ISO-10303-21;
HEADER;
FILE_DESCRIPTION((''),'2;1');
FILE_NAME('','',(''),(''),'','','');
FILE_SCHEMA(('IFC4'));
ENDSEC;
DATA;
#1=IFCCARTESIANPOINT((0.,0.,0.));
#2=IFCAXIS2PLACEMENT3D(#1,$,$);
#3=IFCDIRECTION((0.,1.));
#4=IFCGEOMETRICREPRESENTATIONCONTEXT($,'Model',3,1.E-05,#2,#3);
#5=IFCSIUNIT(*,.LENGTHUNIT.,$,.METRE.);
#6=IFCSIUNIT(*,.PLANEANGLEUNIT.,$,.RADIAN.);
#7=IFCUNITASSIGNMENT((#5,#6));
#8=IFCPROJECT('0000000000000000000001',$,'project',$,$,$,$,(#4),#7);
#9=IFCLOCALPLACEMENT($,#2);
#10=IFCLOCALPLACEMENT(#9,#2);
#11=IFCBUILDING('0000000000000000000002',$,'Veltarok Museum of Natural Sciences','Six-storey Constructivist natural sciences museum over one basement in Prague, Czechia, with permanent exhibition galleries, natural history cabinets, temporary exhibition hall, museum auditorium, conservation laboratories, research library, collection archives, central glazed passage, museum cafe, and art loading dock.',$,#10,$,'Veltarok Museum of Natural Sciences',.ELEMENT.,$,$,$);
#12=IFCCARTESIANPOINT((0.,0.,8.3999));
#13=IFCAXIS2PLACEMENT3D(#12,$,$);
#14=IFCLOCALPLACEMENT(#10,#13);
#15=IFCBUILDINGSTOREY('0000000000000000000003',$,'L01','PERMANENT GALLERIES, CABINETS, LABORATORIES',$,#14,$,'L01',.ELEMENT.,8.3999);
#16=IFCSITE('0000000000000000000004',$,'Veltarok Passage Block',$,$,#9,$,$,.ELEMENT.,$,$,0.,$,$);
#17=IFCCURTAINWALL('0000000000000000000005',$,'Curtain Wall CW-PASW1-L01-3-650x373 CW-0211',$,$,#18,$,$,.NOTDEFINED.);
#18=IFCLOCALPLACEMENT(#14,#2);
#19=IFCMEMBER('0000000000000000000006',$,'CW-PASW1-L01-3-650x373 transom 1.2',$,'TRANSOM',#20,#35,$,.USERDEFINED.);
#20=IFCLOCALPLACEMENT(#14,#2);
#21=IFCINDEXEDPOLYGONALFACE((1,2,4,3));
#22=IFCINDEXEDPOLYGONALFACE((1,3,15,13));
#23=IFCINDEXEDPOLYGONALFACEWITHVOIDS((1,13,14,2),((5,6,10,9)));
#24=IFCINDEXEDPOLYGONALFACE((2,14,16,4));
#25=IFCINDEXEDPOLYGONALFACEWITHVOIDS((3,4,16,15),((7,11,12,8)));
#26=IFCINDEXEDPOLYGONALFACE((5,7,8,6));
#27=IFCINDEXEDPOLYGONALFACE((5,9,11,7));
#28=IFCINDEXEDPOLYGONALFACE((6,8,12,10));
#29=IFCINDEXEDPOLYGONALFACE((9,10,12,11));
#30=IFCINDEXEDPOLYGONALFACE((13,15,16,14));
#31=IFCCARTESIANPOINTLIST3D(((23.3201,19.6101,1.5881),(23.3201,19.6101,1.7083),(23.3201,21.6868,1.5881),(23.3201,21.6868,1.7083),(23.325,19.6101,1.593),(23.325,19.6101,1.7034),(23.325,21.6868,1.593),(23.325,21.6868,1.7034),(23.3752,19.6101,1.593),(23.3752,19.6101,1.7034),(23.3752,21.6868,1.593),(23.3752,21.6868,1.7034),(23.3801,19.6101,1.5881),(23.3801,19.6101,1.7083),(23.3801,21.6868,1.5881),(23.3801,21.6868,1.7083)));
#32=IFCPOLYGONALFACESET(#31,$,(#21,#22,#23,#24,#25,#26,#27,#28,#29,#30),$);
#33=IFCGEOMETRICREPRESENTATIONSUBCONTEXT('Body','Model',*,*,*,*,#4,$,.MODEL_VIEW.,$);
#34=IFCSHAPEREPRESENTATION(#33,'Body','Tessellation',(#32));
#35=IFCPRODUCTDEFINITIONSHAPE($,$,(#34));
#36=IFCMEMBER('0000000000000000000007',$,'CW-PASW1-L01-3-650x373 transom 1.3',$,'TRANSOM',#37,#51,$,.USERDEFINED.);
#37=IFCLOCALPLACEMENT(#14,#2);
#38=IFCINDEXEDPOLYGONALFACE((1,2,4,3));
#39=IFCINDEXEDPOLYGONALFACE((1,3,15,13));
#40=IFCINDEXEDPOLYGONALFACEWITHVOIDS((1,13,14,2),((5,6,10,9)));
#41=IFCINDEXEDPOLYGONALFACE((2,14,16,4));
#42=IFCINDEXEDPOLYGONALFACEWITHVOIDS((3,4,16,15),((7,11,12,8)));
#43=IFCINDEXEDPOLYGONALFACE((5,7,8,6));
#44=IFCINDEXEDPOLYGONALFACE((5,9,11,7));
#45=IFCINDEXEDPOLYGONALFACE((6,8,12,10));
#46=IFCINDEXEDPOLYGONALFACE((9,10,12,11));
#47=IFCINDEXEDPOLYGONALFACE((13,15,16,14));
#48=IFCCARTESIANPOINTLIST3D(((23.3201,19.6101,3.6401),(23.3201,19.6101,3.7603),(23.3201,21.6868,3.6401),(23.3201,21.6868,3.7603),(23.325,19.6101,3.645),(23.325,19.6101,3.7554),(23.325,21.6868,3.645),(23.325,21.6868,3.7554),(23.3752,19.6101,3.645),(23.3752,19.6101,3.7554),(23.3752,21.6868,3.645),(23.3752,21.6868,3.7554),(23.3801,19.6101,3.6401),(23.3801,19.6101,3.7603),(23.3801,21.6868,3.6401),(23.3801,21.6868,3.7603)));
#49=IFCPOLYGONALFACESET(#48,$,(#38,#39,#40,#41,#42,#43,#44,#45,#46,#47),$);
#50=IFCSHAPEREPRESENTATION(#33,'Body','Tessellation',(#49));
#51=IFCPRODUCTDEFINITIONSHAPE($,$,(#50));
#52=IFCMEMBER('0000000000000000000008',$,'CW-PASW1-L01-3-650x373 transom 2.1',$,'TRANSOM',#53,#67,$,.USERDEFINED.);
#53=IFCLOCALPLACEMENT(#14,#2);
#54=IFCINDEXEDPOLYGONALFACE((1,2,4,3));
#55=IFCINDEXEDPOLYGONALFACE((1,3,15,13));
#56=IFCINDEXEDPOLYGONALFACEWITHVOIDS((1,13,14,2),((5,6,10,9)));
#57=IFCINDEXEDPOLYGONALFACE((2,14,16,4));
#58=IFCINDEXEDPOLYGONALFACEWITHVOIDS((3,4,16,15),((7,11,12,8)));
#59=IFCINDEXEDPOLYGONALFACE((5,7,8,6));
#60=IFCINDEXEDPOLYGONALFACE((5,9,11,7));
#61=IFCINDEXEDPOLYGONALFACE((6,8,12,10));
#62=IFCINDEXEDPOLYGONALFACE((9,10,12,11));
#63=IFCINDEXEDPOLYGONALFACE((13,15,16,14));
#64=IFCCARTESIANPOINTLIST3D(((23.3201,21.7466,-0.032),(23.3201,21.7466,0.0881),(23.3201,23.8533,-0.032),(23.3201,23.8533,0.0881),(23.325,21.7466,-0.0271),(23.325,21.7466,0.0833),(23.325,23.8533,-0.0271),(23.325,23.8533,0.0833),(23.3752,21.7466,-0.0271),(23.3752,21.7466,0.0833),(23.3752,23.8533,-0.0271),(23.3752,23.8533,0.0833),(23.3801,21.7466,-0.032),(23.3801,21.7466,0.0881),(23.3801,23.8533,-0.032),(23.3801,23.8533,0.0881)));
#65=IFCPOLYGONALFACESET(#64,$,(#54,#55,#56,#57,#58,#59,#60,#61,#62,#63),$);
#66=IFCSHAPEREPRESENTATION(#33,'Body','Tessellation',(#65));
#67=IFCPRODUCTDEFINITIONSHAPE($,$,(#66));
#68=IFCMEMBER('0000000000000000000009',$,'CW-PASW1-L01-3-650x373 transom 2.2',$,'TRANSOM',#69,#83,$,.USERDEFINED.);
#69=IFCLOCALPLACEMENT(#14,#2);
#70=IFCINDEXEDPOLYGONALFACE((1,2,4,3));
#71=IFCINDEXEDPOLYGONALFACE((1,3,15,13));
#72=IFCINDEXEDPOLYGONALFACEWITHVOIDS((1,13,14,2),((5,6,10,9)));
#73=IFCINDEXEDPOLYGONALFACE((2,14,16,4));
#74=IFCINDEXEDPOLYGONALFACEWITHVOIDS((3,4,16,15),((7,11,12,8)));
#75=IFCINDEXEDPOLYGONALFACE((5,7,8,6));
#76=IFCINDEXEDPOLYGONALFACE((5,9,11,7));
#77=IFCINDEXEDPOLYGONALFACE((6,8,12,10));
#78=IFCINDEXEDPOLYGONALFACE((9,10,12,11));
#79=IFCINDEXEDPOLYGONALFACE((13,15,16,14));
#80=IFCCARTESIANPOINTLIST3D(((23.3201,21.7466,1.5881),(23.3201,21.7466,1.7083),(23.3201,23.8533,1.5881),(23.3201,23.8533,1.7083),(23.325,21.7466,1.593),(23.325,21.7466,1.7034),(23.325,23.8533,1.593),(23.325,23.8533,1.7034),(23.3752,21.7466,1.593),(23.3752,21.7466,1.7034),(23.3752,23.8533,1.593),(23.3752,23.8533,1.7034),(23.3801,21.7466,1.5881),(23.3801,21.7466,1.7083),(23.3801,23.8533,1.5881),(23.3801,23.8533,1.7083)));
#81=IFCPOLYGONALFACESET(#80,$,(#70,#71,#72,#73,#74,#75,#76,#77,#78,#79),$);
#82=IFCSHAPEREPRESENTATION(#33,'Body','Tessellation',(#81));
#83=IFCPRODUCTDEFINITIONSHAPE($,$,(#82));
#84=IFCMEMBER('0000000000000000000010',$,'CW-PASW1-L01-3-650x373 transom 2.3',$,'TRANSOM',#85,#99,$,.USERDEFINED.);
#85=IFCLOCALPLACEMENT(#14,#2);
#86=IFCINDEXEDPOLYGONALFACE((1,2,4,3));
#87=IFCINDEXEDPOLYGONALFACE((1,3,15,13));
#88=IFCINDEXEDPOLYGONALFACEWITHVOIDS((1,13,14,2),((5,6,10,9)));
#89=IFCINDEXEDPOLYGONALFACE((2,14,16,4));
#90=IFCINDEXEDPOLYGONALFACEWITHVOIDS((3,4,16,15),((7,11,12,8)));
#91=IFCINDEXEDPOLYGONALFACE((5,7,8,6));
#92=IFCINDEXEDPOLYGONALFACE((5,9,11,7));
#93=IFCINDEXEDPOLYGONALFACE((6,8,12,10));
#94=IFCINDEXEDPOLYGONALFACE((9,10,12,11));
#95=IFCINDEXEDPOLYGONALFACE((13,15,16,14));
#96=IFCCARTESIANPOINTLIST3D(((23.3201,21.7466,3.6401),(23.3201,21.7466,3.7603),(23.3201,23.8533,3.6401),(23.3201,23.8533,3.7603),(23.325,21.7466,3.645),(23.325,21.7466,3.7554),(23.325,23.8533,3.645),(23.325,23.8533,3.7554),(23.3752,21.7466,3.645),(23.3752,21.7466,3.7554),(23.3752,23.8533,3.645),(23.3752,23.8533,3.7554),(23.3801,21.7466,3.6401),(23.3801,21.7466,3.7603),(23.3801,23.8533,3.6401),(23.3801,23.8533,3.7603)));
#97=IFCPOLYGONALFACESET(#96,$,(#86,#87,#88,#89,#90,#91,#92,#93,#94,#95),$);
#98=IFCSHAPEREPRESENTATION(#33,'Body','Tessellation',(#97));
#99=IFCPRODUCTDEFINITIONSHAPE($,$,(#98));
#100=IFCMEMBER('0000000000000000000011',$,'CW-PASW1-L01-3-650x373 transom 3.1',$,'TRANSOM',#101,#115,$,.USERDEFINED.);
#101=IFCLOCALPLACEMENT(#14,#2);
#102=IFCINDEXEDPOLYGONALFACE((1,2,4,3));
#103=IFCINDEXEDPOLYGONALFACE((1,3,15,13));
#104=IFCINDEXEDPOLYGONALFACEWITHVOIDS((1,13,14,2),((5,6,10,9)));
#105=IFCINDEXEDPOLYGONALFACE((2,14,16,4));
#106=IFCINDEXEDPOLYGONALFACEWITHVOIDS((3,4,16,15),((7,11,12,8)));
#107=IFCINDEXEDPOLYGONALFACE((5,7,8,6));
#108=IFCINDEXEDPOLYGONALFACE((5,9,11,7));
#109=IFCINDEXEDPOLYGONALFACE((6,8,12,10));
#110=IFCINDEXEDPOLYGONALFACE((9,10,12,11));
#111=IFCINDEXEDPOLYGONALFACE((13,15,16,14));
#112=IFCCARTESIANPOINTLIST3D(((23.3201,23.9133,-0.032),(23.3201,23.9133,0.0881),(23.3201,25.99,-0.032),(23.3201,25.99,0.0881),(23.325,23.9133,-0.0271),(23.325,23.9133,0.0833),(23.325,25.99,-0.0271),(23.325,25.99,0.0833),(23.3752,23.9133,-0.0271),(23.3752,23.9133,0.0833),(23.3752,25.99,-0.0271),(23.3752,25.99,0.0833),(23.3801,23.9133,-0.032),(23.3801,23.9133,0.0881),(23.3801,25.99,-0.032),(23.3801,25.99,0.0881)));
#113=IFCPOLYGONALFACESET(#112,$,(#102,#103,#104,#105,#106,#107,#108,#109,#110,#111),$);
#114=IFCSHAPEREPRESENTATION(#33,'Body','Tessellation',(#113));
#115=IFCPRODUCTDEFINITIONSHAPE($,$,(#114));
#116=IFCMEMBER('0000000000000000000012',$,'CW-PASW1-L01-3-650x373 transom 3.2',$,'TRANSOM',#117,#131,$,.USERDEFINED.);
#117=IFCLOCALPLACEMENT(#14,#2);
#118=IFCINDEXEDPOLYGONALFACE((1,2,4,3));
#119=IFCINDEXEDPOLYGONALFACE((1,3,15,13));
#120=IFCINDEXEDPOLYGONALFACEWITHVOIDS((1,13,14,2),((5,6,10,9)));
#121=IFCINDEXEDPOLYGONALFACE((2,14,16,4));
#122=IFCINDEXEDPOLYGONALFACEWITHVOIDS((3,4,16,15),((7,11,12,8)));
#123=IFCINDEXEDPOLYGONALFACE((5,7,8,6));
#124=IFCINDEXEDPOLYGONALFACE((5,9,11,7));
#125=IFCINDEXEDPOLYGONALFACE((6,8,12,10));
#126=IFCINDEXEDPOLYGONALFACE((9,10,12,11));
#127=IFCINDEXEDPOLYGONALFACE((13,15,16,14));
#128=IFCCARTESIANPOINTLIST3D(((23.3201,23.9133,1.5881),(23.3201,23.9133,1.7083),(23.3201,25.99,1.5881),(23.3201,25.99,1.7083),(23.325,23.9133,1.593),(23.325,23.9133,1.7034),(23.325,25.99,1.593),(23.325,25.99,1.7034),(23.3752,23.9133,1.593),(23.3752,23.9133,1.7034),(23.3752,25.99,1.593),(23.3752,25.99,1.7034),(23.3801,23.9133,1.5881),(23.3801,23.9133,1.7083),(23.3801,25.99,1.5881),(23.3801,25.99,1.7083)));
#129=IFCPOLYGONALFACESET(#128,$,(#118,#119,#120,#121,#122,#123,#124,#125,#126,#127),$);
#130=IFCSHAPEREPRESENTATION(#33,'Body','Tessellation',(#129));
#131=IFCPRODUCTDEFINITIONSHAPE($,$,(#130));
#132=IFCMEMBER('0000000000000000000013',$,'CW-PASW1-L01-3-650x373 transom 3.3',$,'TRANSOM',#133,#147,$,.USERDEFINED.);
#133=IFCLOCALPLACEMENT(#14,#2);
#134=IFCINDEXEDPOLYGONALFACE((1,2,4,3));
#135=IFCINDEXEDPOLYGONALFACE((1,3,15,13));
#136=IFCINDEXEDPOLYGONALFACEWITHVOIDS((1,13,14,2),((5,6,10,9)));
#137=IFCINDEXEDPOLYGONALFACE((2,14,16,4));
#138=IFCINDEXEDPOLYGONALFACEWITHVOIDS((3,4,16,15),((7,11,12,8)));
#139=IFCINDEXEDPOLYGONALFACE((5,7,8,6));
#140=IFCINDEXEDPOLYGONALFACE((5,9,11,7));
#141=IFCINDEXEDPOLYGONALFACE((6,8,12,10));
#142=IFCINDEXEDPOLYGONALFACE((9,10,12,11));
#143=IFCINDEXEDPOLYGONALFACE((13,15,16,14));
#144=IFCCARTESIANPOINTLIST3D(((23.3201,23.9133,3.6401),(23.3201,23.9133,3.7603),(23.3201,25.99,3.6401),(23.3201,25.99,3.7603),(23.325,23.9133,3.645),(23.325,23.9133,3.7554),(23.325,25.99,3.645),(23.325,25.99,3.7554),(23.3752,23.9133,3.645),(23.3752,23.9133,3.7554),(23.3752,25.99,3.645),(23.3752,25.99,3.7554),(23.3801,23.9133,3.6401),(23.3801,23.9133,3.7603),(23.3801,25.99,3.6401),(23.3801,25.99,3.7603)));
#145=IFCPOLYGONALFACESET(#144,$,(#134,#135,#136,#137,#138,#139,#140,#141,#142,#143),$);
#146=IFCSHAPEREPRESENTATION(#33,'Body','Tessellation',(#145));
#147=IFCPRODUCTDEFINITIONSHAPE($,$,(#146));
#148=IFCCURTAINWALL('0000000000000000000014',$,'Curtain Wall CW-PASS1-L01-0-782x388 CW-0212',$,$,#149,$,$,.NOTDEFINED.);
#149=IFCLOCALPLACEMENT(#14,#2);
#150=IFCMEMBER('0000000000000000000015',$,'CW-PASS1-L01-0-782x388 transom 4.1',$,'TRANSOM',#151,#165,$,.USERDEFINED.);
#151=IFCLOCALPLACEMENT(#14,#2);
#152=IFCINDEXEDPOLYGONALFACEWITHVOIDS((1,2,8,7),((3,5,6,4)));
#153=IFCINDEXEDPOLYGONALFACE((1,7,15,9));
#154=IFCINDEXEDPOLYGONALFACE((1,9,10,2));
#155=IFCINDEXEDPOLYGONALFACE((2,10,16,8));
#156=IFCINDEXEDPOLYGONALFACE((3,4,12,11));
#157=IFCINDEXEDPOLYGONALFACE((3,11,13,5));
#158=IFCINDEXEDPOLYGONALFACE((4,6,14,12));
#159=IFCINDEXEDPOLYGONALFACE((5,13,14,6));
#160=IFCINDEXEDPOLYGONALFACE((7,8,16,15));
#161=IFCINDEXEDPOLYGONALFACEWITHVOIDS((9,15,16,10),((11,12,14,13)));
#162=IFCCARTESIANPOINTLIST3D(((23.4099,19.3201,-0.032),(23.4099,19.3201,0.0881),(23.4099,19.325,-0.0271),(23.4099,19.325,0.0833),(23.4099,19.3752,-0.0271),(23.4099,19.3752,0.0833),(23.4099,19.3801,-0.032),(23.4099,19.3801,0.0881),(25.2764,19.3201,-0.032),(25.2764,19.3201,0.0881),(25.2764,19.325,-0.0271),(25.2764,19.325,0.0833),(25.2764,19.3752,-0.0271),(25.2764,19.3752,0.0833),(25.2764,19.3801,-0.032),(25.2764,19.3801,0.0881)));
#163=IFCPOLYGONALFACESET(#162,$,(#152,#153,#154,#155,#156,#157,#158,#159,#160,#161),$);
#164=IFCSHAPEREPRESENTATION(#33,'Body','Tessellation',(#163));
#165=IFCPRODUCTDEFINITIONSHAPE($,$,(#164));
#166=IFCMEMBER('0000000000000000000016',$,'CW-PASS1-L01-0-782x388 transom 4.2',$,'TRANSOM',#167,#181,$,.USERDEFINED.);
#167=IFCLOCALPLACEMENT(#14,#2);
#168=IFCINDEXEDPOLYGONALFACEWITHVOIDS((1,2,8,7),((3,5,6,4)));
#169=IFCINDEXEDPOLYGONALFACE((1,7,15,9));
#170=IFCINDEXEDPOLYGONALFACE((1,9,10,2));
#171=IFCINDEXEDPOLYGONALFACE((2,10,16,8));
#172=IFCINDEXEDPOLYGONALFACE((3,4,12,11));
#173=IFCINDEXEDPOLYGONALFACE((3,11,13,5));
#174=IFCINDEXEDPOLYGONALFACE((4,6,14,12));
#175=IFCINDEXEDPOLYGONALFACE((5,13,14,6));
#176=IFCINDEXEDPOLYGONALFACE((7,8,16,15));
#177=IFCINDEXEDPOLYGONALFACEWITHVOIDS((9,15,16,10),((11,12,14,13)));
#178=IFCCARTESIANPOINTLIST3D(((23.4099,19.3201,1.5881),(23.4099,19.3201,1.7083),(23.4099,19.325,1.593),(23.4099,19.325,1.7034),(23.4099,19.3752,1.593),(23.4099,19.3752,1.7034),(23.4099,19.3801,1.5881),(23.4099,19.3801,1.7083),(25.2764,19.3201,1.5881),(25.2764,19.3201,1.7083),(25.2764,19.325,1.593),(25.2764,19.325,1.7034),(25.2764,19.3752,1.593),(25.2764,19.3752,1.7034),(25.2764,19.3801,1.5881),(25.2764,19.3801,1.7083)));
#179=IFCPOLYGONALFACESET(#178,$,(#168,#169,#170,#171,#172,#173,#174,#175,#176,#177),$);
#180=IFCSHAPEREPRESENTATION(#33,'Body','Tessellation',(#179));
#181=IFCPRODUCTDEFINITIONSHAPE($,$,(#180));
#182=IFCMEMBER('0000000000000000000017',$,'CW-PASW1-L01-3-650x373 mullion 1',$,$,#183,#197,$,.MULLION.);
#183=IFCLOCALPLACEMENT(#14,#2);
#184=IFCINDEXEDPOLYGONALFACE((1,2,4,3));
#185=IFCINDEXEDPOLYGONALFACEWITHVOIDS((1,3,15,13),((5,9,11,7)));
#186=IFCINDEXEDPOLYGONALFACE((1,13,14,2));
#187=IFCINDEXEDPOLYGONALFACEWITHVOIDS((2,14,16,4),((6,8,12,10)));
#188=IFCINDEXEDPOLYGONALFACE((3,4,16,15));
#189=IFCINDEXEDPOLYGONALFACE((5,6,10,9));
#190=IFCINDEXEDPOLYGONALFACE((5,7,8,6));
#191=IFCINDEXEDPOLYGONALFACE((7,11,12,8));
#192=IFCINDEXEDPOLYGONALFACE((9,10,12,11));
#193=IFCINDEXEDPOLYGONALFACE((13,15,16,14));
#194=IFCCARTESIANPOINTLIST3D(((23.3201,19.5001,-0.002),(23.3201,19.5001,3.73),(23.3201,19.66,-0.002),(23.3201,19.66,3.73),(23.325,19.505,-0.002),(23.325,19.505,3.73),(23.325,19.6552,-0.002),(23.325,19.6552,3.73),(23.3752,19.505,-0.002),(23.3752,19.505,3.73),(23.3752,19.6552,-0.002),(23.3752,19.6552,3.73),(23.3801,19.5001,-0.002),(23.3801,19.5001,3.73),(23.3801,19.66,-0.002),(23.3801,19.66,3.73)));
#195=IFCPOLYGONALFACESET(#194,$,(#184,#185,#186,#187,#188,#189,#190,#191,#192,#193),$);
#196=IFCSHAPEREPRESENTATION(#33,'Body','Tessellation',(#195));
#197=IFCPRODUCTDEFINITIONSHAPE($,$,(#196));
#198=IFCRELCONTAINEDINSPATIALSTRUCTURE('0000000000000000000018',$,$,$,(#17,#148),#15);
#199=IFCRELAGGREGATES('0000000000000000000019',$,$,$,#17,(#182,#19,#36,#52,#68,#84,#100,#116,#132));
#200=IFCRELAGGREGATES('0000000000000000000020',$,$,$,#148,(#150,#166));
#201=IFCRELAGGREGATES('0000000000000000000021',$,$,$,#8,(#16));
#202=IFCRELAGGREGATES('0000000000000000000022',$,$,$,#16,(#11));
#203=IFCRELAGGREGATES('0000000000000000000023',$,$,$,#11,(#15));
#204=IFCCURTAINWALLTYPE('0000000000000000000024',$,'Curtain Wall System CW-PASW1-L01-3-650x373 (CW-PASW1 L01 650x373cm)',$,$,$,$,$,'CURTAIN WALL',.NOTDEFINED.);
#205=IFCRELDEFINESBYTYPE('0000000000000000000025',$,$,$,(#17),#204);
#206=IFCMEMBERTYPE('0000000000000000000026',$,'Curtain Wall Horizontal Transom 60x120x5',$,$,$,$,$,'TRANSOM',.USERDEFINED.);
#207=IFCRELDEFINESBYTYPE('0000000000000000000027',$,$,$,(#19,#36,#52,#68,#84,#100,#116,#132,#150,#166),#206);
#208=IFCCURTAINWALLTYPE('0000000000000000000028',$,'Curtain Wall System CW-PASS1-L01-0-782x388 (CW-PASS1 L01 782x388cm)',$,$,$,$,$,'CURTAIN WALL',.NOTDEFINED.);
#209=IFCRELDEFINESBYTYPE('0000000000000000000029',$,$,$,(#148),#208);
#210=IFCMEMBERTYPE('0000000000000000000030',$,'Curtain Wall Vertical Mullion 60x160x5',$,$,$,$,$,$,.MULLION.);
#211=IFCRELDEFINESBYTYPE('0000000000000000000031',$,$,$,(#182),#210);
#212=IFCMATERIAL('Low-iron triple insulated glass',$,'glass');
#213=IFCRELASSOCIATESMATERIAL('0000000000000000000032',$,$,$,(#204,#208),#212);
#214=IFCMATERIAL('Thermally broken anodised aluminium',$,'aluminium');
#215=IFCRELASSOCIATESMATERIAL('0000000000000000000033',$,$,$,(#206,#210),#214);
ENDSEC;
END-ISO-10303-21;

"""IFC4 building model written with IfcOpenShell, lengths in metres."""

from ifc_helpers import new_model, si_unit, direction, frame, origin, origin_2d, place, context, subcontext, project, spatial, hollow_rectangle, extrude, material, material_profile, profile_set, type_object, element, aggregate, save


model = new_model("IFC4")

# Units and contexts
model_context = context("Model", 3, precision=1e-05, world=origin(), true_north=direction((0.0, 1.0)))
body_context = subcontext(model_context, "Body", "Model", "MODEL_VIEW")
ifc_project = project(units=[si_unit("LENGTHUNIT", "METRE"), si_unit("PLANEANGLEUNIT", "RADIAN")], contexts=[model_context])

# Site, building, storey
site_placement = place(None, origin())
site = spatial("IfcSite", under=ifc_project, at=site_placement, Name="Veltarok Passage Block", CompositionType="ELEMENT", RefElevation=0.0)
building_placement = place(site_placement, origin())
building = spatial("IfcBuilding", under=site, at=building_placement, Name="Veltarok Museum of Natural Sciences", Description="Six-storey Constructivist natural sciences museum over one basement in Prague, Czechia, with permanent exhibition galleries, natural history cabinets, temporary exhibition hall, museum auditorium, conservation laboratories, research library, collection archives, central glazed passage, museum cafe, and art loading dock.", LongName="Veltarok Museum of Natural Sciences", CompositionType="ELEMENT")
storey_placement = place(building_placement, frame((0.0, 0.0, 8.3999)))
storey = spatial("IfcBuildingStorey", under=building, at=storey_placement, Name="L01", Description="PERMANENT GALLERIES, CABINETS, LABORATORIES", LongName="L01", CompositionType="ELEMENT", Elevation=8.3999)

# Curtain walls, members
ifc_material_1 = material(Name="Low-iron triple insulated glass", Category="glass")
curtain_wall_type_1 = type_object("IfcCurtainWallType", Name="Curtain Wall System CW-PASW1-L01-3-650x373 (CW-PASW1 L01 650x373cm)", ElementType="CURTAIN WALL", PredefinedType="NOTDEFINED", material=ifc_material_1)
curtain_wall_1_placement = place(storey_placement, origin())
curtain_wall_1 = element("IfcCurtainWall", 1, at=curtain_wall_1_placement, inside=storey, type_object=curtain_wall_type_1, Name="Curtain Wall CW-PASW1-L01-3-650x373 CW-0211", PredefinedType="NOTDEFINED")
ifc_material_2 = material(Name="Thermally broken anodised aluminium", Category="aluminium")
ifc_material_profile_1 = material_profile(ifc_material_2, hollow_rectangle(XDim=0.0601, YDim=0.1201, WallThickness=0.0049, at=origin_2d()), Name="CW TRANSOM 60x120x5")
ifc_profile_set_1 = profile_set([ifc_material_profile_1], Name="Thermally broken anodised aluminium")
member_type_1 = type_object("IfcMemberType", Name="Curtain Wall Horizontal Transom 60x120x5", ElementType="TRANSOM", PredefinedType="USERDEFINED", material=ifc_profile_set_1)
member_1_placement = place(storey_placement, frame((23.3501, 19.6101, 1.6482), z_axis=(0.0, 1.0, 0.0), x_axis=(-1.0, 0.0, 0.0)))
member_1 = element("IfcMember", 2, at=member_1_placement, type_object=member_type_1, Name="CW-PASW1-L01-3-650x373 transom 1.2", ObjectType="TRANSOM", PredefinedType="USERDEFINED", context=body_context, shape_type="SweptSolid", body=[
    extrude(hollow_rectangle(XDim=0.0601, YDim=0.1201, WallThickness=0.0049, at=origin_2d()), origin(), (0.0, 0.0, 1.0), 2.0767),
])
member_2_placement = place(storey_placement, frame((23.3501, 19.6101, 3.7002), z_axis=(0.0, 1.0, 0.0), x_axis=(-1.0, 0.0, 0.0)))
member_2 = element("IfcMember", 3, at=member_2_placement, type_object=member_type_1, Name="CW-PASW1-L01-3-650x373 transom 1.3", ObjectType="TRANSOM", PredefinedType="USERDEFINED", context=body_context, shape_type="SweptSolid", body=[
    extrude(hollow_rectangle(XDim=0.0601, YDim=0.1201, WallThickness=0.0049, at=origin_2d()), origin(), (0.0, 0.0, 1.0), 2.0767),
])
member_3_placement = place(storey_placement, frame((23.3501, 21.7466, 0.0281), z_axis=(0.0, 1.0, 0.0), x_axis=(-1.0, 0.0, 0.0)))
member_3 = element("IfcMember", 4, at=member_3_placement, type_object=member_type_1, Name="CW-PASW1-L01-3-650x373 transom 2.1", ObjectType="TRANSOM", PredefinedType="USERDEFINED", context=body_context, shape_type="SweptSolid", body=[
    extrude(hollow_rectangle(XDim=0.0601, YDim=0.1201, WallThickness=0.0049, at=origin_2d()), origin(), (0.0, 0.0, 1.0), 2.1067),
])
member_4_placement = place(storey_placement, frame((23.3501, 21.7466, 1.6482), z_axis=(0.0, 1.0, 0.0), x_axis=(-1.0, 0.0, 0.0)))
member_4 = element("IfcMember", 5, at=member_4_placement, type_object=member_type_1, Name="CW-PASW1-L01-3-650x373 transom 2.2", ObjectType="TRANSOM", PredefinedType="USERDEFINED", context=body_context, shape_type="SweptSolid", body=[
    extrude(hollow_rectangle(XDim=0.0601, YDim=0.1201, WallThickness=0.0049, at=origin_2d()), origin(), (0.0, 0.0, 1.0), 2.1067),
])
member_5_placement = place(storey_placement, frame((23.3501, 21.7466, 3.7002), z_axis=(0.0, 1.0, 0.0), x_axis=(-1.0, 0.0, 0.0)))
member_5 = element("IfcMember", 6, at=member_5_placement, type_object=member_type_1, Name="CW-PASW1-L01-3-650x373 transom 2.3", ObjectType="TRANSOM", PredefinedType="USERDEFINED", context=body_context, shape_type="SweptSolid", body=[
    extrude(hollow_rectangle(XDim=0.0601, YDim=0.1201, WallThickness=0.0049, at=origin_2d()), origin(), (0.0, 0.0, 1.0), 2.1067),
])
member_6_placement = place(storey_placement, frame((23.3501, 23.9133, 0.0281), z_axis=(0.0, 1.0, 0.0), x_axis=(-1.0, 0.0, 0.0)))
member_6 = element("IfcMember", 7, at=member_6_placement, type_object=member_type_1, Name="CW-PASW1-L01-3-650x373 transom 3.1", ObjectType="TRANSOM", PredefinedType="USERDEFINED", context=body_context, shape_type="SweptSolid", body=[
    extrude(hollow_rectangle(XDim=0.0601, YDim=0.1201, WallThickness=0.0049, at=origin_2d()), origin(), (0.0, 0.0, 1.0), 2.0767),
])
member_7_placement = place(storey_placement, frame((23.3501, 23.9133, 1.6482), z_axis=(0.0, 1.0, 0.0), x_axis=(-1.0, 0.0, 0.0)))
member_7 = element("IfcMember", 8, at=member_7_placement, type_object=member_type_1, Name="CW-PASW1-L01-3-650x373 transom 3.2", ObjectType="TRANSOM", PredefinedType="USERDEFINED", context=body_context, shape_type="SweptSolid", body=[
    extrude(hollow_rectangle(XDim=0.0601, YDim=0.1201, WallThickness=0.0049, at=origin_2d()), origin(), (0.0, 0.0, 1.0), 2.0767),
])
member_8_placement = place(storey_placement, frame((23.3501, 23.9133, 3.7002), z_axis=(0.0, 1.0, 0.0), x_axis=(-1.0, 0.0, 0.0)))
member_8 = element("IfcMember", 9, at=member_8_placement, type_object=member_type_1, Name="CW-PASW1-L01-3-650x373 transom 3.3", ObjectType="TRANSOM", PredefinedType="USERDEFINED", context=body_context, shape_type="SweptSolid", body=[
    extrude(hollow_rectangle(XDim=0.0601, YDim=0.1201, WallThickness=0.0049, at=origin_2d()), origin(), (0.0, 0.0, 1.0), 2.0767),
])
curtain_wall_type_2 = type_object("IfcCurtainWallType", Name="Curtain Wall System CW-PASS1-L01-0-782x388 (CW-PASS1 L01 782x388cm)", ElementType="CURTAIN WALL", PredefinedType="NOTDEFINED", material=ifc_material_1)
curtain_wall_2_placement = place(storey_placement, origin())
curtain_wall_2 = element("IfcCurtainWall", 10, at=curtain_wall_2_placement, inside=storey, type_object=curtain_wall_type_2, Name="Curtain Wall CW-PASS1-L01-0-782x388 CW-0212", PredefinedType="NOTDEFINED")
member_9_placement = place(storey_placement, frame((25.2764, 19.3501, 0.0281), z_axis=(-1.0, 0.0, 0.0), x_axis=(0.0, -1.0, 0.0)))
member_9 = element("IfcMember", 11, at=member_9_placement, type_object=member_type_1, Name="CW-PASS1-L01-0-782x388 transom 4.1", ObjectType="TRANSOM", PredefinedType="USERDEFINED", context=body_context, shape_type="SweptSolid", body=[
    extrude(hollow_rectangle(XDim=0.0601, YDim=0.1201, WallThickness=0.0049, at=origin_2d()), origin(), (0.0, 0.0, 1.0), 1.8665),
])
member_10_placement = place(storey_placement, frame((25.2764, 19.3501, 1.6482), z_axis=(-1.0, 0.0, 0.0), x_axis=(0.0, -1.0, 0.0)))
member_10 = element("IfcMember", 12, at=member_10_placement, type_object=member_type_1, Name="CW-PASS1-L01-0-782x388 transom 4.2", ObjectType="TRANSOM", PredefinedType="USERDEFINED", context=body_context, shape_type="SweptSolid", body=[
    extrude(hollow_rectangle(XDim=0.0601, YDim=0.1201, WallThickness=0.0049, at=origin_2d()), origin(), (0.0, 0.0, 1.0), 1.8665),
])

# Member
ifc_material_profile_2 = material_profile(ifc_material_2, hollow_rectangle(XDim=0.0601, YDim=0.1599, WallThickness=0.0049, at=origin_2d()), Name="CW MULLION 60x160x5")
ifc_profile_set_2 = profile_set([ifc_material_profile_2], Name="Thermally broken anodised aluminium")
member_type_2 = type_object("IfcMemberType", Name="Curtain Wall Vertical Mullion 60x160x5", PredefinedType="MULLION", material=ifc_profile_set_2)
member_11_placement = place(storey_placement, frame((23.3501, 19.5801, -0.002), z_axis=(0.0, 0.0, 1.0), x_axis=(-1.0, 0.0, 0.0)))
member_11 = element("IfcMember", 13, at=member_11_placement, type_object=member_type_2, Name="CW-PASW1-L01-3-650x373 mullion 1", PredefinedType="MULLION", context=body_context, shape_type="SweptSolid", body=[
    extrude(hollow_rectangle(XDim=0.0601, YDim=0.1599, WallThickness=0.0049, at=origin_2d()), origin(), (0.0, 0.0, 1.0), 3.7319),
])

aggregate(curtain_wall_1, [member_11, member_1, member_2, member_3, member_4, member_5, member_6, member_7, member_8])
aggregate(curtain_wall_2, [member_9, member_10])

save(model, "model.ifc")
